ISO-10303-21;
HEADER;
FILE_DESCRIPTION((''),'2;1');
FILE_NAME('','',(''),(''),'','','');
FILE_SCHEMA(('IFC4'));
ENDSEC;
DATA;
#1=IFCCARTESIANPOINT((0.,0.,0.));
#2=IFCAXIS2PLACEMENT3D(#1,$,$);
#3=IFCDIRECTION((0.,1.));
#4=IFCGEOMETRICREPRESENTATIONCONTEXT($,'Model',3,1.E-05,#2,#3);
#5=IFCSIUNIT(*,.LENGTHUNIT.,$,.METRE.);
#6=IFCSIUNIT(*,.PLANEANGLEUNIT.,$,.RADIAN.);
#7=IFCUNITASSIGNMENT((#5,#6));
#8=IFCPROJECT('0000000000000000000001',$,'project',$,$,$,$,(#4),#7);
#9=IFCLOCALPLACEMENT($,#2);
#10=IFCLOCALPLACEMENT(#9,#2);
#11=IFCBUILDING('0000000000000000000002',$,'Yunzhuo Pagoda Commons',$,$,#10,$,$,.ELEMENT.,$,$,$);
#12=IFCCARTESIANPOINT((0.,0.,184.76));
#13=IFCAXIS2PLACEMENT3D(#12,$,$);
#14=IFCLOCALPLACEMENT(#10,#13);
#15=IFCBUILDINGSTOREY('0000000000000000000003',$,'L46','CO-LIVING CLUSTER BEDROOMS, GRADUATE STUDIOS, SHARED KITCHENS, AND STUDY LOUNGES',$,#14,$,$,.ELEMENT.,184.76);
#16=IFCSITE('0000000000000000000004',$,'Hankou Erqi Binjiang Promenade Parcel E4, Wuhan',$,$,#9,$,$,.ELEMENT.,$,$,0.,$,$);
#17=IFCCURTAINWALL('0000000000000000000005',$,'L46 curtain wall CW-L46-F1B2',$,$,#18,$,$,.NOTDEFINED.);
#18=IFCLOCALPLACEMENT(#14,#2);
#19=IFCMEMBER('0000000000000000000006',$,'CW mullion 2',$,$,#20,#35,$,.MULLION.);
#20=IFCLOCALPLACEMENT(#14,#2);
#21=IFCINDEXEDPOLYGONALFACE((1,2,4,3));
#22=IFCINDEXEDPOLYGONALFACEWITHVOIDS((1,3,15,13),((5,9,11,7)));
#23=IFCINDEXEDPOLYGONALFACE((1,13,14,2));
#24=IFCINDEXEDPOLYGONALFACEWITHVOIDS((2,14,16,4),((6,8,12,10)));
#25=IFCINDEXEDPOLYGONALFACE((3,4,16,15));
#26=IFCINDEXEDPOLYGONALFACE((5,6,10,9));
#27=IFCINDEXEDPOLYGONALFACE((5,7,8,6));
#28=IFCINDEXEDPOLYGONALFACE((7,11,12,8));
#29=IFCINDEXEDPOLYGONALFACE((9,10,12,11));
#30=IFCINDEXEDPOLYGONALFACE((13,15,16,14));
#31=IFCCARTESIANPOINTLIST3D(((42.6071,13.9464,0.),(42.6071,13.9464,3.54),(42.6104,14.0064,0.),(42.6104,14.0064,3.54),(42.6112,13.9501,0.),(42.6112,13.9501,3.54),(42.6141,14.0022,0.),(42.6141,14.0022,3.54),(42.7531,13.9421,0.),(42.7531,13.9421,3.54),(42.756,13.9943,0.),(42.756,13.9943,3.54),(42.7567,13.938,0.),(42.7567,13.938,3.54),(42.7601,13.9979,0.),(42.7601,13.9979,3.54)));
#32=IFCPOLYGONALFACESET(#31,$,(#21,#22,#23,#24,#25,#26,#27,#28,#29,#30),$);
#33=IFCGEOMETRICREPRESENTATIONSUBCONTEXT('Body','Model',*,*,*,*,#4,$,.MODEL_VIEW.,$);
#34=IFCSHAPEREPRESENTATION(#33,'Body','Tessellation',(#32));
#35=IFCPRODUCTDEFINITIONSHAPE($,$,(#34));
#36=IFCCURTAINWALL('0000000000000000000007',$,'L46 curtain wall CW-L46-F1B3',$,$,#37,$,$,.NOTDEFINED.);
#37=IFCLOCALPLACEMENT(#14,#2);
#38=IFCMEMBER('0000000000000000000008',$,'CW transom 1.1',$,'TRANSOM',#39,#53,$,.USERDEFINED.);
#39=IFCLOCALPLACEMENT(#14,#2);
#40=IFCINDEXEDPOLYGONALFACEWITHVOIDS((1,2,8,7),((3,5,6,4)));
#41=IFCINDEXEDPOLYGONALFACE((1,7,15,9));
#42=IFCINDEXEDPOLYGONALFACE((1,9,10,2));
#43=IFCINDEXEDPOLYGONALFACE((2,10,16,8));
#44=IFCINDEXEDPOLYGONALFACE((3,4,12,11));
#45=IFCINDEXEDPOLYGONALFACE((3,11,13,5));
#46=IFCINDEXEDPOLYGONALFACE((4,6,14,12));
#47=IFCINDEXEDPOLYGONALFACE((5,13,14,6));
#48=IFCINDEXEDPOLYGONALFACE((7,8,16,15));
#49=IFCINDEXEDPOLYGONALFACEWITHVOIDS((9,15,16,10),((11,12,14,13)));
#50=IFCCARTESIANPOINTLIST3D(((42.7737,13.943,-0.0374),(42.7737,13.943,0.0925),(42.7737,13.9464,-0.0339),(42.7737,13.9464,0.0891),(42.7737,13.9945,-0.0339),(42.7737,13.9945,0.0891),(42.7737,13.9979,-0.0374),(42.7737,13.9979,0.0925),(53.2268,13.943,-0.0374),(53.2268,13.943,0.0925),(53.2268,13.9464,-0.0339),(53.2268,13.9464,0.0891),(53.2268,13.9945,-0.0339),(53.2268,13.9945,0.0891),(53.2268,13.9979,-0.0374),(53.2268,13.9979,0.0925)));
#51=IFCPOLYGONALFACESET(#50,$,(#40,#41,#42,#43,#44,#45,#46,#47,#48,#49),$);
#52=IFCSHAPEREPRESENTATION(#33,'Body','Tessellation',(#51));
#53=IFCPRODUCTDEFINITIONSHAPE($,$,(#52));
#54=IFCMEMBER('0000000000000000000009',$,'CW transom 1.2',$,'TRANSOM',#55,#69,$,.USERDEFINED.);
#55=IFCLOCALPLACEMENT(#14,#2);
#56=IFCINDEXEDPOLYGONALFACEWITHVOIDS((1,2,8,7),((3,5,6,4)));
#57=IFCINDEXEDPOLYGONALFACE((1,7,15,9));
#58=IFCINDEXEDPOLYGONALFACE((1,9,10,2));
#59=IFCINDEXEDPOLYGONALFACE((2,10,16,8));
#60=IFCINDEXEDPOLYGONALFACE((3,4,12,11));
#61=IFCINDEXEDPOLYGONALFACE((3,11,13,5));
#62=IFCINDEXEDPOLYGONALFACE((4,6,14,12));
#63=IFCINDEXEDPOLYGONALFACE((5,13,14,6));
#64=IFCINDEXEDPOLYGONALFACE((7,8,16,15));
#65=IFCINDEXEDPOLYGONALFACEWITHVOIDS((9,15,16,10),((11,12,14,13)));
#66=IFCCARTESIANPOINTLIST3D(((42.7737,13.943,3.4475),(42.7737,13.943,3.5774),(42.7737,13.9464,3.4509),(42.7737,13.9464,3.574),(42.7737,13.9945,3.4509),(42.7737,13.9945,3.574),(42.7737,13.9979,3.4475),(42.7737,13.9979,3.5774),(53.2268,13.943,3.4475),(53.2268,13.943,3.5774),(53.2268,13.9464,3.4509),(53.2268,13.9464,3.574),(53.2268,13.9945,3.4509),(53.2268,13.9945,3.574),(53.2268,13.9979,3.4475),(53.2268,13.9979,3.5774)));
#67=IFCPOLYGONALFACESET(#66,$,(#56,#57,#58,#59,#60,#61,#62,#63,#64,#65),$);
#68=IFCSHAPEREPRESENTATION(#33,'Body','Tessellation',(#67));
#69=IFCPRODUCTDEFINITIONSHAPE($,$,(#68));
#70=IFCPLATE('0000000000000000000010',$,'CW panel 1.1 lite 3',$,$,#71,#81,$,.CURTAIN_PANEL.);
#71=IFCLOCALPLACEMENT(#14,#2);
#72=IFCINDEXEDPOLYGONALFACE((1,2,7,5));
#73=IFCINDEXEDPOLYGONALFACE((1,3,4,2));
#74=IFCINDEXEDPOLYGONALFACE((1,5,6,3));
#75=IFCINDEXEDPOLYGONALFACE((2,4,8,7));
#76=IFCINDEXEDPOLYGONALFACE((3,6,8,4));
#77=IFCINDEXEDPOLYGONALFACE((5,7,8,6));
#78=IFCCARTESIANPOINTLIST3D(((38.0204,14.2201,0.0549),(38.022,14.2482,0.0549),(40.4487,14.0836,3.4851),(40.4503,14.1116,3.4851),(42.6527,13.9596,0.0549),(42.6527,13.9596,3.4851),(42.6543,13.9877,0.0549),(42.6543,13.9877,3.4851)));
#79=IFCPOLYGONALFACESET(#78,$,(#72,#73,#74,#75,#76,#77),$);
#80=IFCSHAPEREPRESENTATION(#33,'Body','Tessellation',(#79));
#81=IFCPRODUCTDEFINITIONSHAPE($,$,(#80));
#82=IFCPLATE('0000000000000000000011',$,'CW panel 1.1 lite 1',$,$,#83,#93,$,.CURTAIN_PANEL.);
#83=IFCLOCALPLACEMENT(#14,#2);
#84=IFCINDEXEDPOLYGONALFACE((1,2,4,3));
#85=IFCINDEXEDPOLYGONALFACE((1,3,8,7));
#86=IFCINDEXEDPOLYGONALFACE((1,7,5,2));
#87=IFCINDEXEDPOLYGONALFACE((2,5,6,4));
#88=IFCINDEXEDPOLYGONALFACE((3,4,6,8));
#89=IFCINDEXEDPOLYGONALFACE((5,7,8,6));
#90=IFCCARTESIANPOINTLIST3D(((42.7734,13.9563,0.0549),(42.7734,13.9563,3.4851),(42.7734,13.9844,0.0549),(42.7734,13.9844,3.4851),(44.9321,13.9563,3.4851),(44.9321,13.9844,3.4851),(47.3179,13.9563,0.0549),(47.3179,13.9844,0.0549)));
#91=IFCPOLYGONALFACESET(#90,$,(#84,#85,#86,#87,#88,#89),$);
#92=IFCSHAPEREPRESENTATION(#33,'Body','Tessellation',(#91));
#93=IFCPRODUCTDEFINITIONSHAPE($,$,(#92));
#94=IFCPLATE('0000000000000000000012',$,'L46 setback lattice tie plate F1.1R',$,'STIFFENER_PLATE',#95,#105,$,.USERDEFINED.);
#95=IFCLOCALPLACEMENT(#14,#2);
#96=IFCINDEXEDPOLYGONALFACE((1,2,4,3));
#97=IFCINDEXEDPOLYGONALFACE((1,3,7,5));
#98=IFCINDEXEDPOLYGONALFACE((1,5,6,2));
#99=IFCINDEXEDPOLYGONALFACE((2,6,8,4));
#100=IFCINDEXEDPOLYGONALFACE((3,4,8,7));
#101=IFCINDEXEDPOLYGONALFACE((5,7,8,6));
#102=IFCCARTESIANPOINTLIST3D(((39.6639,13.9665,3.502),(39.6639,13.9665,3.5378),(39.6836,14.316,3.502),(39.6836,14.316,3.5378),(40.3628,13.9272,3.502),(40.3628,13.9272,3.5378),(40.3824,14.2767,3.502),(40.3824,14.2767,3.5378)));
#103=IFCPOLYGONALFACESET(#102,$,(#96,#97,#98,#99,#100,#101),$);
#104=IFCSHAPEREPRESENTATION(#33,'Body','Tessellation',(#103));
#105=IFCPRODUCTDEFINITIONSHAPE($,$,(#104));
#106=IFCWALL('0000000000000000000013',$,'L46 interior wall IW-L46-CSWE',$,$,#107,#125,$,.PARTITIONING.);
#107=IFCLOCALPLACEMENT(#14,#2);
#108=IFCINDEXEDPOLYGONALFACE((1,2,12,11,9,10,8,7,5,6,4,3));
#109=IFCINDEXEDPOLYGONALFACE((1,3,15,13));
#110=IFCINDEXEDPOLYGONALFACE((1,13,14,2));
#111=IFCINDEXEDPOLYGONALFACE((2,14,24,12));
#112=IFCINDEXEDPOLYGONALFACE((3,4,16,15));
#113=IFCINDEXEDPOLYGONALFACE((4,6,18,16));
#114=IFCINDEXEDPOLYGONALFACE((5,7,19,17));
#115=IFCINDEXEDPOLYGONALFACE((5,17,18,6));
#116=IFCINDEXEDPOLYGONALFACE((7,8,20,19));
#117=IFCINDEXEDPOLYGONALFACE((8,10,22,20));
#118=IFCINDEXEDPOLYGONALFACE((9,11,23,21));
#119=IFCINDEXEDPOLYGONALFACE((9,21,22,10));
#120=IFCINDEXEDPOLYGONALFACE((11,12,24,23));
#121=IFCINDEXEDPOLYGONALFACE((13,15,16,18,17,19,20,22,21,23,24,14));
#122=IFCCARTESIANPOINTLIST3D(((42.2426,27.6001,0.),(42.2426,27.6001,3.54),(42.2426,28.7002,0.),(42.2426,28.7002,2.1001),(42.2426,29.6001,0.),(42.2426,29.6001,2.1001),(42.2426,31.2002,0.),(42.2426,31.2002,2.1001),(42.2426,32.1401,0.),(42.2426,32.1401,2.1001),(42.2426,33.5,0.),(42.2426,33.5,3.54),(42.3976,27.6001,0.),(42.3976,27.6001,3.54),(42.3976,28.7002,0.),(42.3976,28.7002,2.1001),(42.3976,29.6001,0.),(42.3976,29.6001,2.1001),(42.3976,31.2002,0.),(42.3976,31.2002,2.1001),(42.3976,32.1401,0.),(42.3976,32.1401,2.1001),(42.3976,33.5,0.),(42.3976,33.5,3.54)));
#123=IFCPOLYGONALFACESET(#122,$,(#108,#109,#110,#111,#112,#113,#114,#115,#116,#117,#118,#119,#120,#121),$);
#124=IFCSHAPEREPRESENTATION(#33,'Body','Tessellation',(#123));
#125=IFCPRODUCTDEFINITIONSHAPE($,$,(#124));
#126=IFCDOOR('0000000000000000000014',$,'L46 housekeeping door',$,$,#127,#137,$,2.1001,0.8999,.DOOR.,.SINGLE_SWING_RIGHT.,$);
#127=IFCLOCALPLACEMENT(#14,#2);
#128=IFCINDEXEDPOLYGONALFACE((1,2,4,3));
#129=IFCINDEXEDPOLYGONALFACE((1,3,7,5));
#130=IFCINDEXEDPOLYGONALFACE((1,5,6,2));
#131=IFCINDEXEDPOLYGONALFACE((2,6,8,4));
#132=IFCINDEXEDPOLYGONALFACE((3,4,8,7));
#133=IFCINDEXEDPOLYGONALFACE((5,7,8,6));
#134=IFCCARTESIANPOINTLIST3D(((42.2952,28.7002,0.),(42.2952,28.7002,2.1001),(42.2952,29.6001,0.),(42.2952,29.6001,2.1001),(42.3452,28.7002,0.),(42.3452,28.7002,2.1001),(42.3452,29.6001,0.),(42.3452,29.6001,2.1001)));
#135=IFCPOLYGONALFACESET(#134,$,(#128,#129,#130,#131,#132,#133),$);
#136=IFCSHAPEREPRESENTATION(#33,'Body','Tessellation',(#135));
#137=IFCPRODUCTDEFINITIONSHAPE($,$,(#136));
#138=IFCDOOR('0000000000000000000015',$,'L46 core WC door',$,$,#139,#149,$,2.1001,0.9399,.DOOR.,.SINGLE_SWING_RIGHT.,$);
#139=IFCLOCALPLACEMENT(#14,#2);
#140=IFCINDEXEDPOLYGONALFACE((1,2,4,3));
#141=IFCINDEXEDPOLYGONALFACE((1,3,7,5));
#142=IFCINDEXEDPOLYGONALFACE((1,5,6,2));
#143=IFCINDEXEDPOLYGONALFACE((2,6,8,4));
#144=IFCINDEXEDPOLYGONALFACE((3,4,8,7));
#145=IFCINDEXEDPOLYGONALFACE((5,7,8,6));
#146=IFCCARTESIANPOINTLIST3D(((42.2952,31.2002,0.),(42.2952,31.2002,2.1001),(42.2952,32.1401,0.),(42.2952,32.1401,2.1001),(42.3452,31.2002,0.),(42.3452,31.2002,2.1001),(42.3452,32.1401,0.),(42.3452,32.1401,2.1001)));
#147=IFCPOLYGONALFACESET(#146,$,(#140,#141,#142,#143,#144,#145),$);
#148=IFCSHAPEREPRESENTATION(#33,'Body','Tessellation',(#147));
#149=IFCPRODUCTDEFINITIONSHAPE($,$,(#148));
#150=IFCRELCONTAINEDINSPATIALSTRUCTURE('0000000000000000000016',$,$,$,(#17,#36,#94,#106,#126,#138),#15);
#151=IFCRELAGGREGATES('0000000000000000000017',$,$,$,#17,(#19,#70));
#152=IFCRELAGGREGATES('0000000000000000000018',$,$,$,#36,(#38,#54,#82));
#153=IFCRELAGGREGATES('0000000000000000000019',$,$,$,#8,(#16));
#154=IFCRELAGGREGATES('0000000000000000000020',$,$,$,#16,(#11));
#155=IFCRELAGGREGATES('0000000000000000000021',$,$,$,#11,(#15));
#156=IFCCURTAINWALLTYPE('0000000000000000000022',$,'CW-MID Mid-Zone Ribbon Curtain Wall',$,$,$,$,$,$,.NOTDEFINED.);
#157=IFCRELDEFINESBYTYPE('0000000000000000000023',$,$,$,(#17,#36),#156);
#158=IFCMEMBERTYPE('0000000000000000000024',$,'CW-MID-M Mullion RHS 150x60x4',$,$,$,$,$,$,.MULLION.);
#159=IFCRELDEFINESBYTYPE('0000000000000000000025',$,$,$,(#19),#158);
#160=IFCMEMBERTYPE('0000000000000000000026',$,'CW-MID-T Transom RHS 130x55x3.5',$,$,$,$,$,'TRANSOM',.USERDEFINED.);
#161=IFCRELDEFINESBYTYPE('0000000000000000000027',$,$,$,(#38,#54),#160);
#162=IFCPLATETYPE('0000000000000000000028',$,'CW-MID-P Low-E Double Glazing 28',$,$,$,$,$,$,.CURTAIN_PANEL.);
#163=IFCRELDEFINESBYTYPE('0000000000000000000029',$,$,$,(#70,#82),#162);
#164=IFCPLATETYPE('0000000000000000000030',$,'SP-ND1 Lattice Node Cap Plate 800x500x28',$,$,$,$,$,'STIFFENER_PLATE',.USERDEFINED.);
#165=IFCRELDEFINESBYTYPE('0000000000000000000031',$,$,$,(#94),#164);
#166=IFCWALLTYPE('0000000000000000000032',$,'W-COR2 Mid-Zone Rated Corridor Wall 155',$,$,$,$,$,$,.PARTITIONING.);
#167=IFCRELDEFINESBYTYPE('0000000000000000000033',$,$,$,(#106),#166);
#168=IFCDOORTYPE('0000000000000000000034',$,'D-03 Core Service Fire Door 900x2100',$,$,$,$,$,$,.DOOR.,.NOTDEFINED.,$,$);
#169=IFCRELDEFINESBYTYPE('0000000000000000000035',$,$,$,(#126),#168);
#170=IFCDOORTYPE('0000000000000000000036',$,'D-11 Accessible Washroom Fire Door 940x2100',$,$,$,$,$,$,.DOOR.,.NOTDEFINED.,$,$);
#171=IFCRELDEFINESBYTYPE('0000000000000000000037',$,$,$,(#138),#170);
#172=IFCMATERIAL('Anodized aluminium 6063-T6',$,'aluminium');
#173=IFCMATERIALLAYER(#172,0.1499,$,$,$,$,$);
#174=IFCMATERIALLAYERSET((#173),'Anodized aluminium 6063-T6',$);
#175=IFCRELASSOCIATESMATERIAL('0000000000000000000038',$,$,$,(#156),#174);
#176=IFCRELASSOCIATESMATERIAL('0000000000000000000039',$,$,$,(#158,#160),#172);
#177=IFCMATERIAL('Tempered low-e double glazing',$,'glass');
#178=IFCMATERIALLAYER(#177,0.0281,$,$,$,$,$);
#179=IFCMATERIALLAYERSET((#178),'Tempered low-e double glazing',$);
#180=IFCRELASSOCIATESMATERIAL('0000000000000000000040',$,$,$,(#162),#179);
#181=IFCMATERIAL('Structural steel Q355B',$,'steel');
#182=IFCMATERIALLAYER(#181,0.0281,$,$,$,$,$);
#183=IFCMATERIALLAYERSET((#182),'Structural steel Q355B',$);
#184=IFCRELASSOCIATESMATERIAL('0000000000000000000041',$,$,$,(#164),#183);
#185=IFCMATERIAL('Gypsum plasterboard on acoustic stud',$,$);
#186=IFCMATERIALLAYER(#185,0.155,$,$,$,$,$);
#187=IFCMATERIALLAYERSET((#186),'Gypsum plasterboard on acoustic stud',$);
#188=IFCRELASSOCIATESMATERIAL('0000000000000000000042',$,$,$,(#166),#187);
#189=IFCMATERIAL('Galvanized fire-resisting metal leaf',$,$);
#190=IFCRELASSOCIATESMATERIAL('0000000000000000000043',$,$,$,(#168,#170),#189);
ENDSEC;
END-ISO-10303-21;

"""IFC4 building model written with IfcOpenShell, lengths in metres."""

from ifc_helpers import new_model, si_unit, direction, frame, frame_2d, origin, origin_with_axes, origin_2d, place, context, subcontext, project, spatial, polyline, rectangle, hollow_rectangle, outline, extrude, source, transform, mapped, material, layer, layer_set, material_profile, profile_set, type_object, element, fill, aggregate, save


model = new_model("IFC4")

# Units and contexts
model_context = context("Model", 3, precision=1e-05, world=origin(), true_north=direction((0.0, 1.0)))
body_context = subcontext(model_context, "Body", "Model", "MODEL_VIEW")
ifc_project = project(units=[si_unit("LENGTHUNIT", "METRE"), si_unit("PLANEANGLEUNIT", "RADIAN")], contexts=[model_context])

# Site, building, storey
site_placement = place(None, origin())
site = spatial("IfcSite", under=ifc_project, at=site_placement, Name="Hankou Erqi Binjiang Promenade Parcel E4, Wuhan", CompositionType="ELEMENT", RefElevation=0.0)
building_placement = place(site_placement, origin())
building = spatial("IfcBuilding", under=site, at=building_placement, Name="Yunzhuo Pagoda Commons", CompositionType="ELEMENT")
storey_placement = place(building_placement, frame((0.0, 0.0, 184.76)))
storey = spatial("IfcBuildingStorey", under=building, at=storey_placement, Name="L46", Description="CO-LIVING CLUSTER BEDROOMS, GRADUATE STUDIOS, SHARED KITCHENS, AND STUDY LOUNGES", CompositionType="ELEMENT", Elevation=184.76)

# Shared definitions
ifc_material_1 = material(Name="Structural steel Q355B", Category="steel")

# Curtain wall, member
ifc_material_2 = material(Name="Anodized aluminium 6063-T6", Category="aluminium")
ifc_layer_1 = layer(ifc_material_2, 0.1499)
ifc_layer_set_1 = layer_set([ifc_layer_1], Name="Anodized aluminium 6063-T6")
curtain_wall_type = type_object("IfcCurtainWallType", Name="CW-MID Mid-Zone Ribbon Curtain Wall", PredefinedType="NOTDEFINED", material=ifc_layer_set_1)
curtain_wall_1_placement = place(storey_placement, origin())
curtain_wall_1 = element("IfcCurtainWall", 1, at=curtain_wall_1_placement, inside=storey, type_object=curtain_wall_type, Name="L46 curtain wall CW-L46-F1B2", PredefinedType="NOTDEFINED")
ifc_material_profile_1 = material_profile(ifc_material_2, hollow_rectangle(XDim=0.0601, YDim=0.1499, WallThickness=0.0039, at=origin_2d()), Name="Anodized aluminium 6063-T6")
ifc_profile_set_1 = profile_set([ifc_material_profile_1], Name="Anodized aluminium 6063-T6")
member_type_1 = type_object("IfcMemberType", Name="CW-MID-M Mullion RHS 150x60x4", PredefinedType="MULLION", material=ifc_profile_set_1)
shared_shape_1 = source(origin(), body_context, "Body", "SweptSolid", [
    extrude(hollow_rectangle(XDim=0.0601, YDim=0.1499, WallThickness=0.0039, at=origin_2d()), origin(), (0.0, 0.0, 1.0), 3.54),
])
member_1_placement = place(storey_placement, frame((42.6836, 13.9722, 0.0), z_axis=(0.0, 0.0, 1.0), x_axis=(0.056143, 0.998423, 0.0)))
member_1 = element("IfcMember", 2, at=member_1_placement, type_object=member_type_1, Name="CW mullion 2", PredefinedType="MULLION", context=body_context, shape_type="MappedRepresentation", body=[
    mapped(shared_shape_1, transform((0.0, 0.0, 0.0), scale=1.0)),
])

# Curtain wall, members
curtain_wall_2_placement = place(storey_placement, origin())
curtain_wall_2 = element("IfcCurtainWall", 3, at=curtain_wall_2_placement, inside=storey, type_object=curtain_wall_type, Name="L46 curtain wall CW-L46-F1B3", PredefinedType="NOTDEFINED")
ifc_material_profile_2 = material_profile(ifc_material_2, hollow_rectangle(XDim=0.0549, YDim=0.1299, WallThickness=0.0034, at=origin_2d()), Name="Anodized aluminium 6063-T6")
ifc_profile_set_2 = profile_set([ifc_material_profile_2], Name="Anodized aluminium 6063-T6")
member_type_2 = type_object("IfcMemberType", Name="CW-MID-T Transom RHS 130x55x3.5", ElementType="TRANSOM", PredefinedType="USERDEFINED", material=ifc_profile_set_2)
shared_shape_2 = source(origin(), body_context, "Body", "SweptSolid", [
    extrude(hollow_rectangle(XDim=0.0549, YDim=0.1299, WallThickness=0.0034, at=origin_2d()), origin(), (0.0, 0.0, 1.0), 10.4531),
])
member_2_placement = place(storey_placement, frame((42.7737, 13.9705, 0.0276), z_axis=(1.0, 0.0, 0.0), x_axis=(0.0, 1.0, 0.0)))
member_2 = element("IfcMember", 4, at=member_2_placement, type_object=member_type_2, Name="CW transom 1.1", ObjectType="TRANSOM", PredefinedType="USERDEFINED", context=body_context, shape_type="MappedRepresentation", body=[
    mapped(shared_shape_2, transform((0.0, 0.0, 0.0), scale=1.0)),
])
member_3_placement = place(storey_placement, frame((42.7737, 13.9705, 3.5125), z_axis=(1.0, 0.0, 0.0), x_axis=(0.0, 1.0, 0.0)))
member_3 = element("IfcMember", 5, at=member_3_placement, type_object=member_type_2, Name="CW transom 1.2", ObjectType="TRANSOM", PredefinedType="USERDEFINED", context=body_context, shape_type="MappedRepresentation", body=[
    mapped(shared_shape_2, transform((0.0, 0.0, 0.0), scale=1.0)),
])

# Plates
ifc_material_3 = material(Name="Tempered low-e double glazing", Category="glass")
ifc_layer_2 = layer(ifc_material_3, 0.0281)
ifc_layer_set_2 = layer_set([ifc_layer_2], Name="Tempered low-e double glazing")
plate_type_1 = type_object("IfcPlateType", Name="CW-MID-P Low-E Double Glazing 28", PredefinedType="CURTAIN_PANEL", material=ifc_layer_set_2)
plate_1_placement = place(storey_placement, frame((40.3381, 14.1179, 1.77), z_axis=(-0.056143, -0.998423, 0.0), x_axis=(0.998423, -0.056143, 0.0)))
plate_1 = element("IfcPlate", 6, at=plate_1_placement, type_object=plate_type_1, Name="CW panel 1.1 lite 3", PredefinedType="CURTAIN_PANEL", context=body_context, shape_type="SweptSolid", body=[
    extrude(outline(polyline([(-2.3198, -1.7151), (2.3198, -1.7151), (2.3198, 1.7151), (0.1123, 1.7151), (-2.3198, -1.7151)])), origin(), (0.0, 0.0, 1.0), 0.0281),
])
aggregate(curtain_wall_1, [member_1, plate_1])
plate_2_placement = place(storey_placement, frame((45.0457, 13.9844, 1.77), z_axis=(0.0, -1.0, 0.0), x_axis=(1.0, 0.0, 0.0)))
plate_2 = element("IfcPlate", 7, at=plate_2_placement, type_object=plate_type_1, Name="CW panel 1.1 lite 1", PredefinedType="CURTAIN_PANEL", context=body_context, shape_type="SweptSolid", body=[
    extrude(outline(polyline([(-2.2722, -1.7151), (2.2722, -1.7151), (-0.1135, 1.7151), (-2.2722, 1.7151), (-2.2722, -1.7151)])), origin(), (0.0, 0.0, 1.0), 0.0281),
])
aggregate(curtain_wall_2, [member_2, member_3, plate_2])
ifc_layer_3 = layer(ifc_material_1, 0.0281)
ifc_layer_set_3 = layer_set([ifc_layer_3], Name="Structural steel Q355B")
plate_type_2 = type_object("IfcPlateType", Name="SP-ND1 Lattice Node Cap Plate 800x500x28", ElementType="STIFFENER_PLATE", PredefinedType="USERDEFINED", material=ifc_layer_set_3)
shared_shape_3 = source(origin(), body_context, "Body", "SweptSolid", [
    extrude(rectangle(XDim=0.7, YDim=0.3501, at=origin_2d()), origin(), (0.0, 0.0, 1.0), 0.0359),
])
plate_3_placement = place(storey_placement, frame((40.0232, 14.1216, 3.502), z_axis=(0.0, 0.0, 1.0), x_axis=(0.998423, -0.056135, 0.0)))
element("IfcPlate", 8, at=plate_3_placement, inside=storey, type_object=plate_type_2, Name="L46 setback lattice tie plate F1.1R", ObjectType="STIFFENER_PLATE", PredefinedType="USERDEFINED", context=body_context, shape_type="MappedRepresentation", body=[
    mapped(shared_shape_3, transform((0.0, 0.0, 0.0), scale=1.0)),
])

# Wall, openings, doors
ifc_material_4 = material(Name="Gypsum plasterboard on acoustic stud")
ifc_layer_4 = layer(ifc_material_4, 0.155)
ifc_layer_set_4 = layer_set([ifc_layer_4], Name="Gypsum plasterboard on acoustic stud")
wall_type_1 = type_object("IfcWallType", Name="W-COR2 Mid-Zone Rated Corridor Wall 155", PredefinedType="PARTITIONING", material=ifc_layer_set_4)
wall_1_placement = place(storey_placement, frame((42.3201, 27.6001, 0.0), z_axis=(0.0, 0.0, 1.0), x_axis=(0.0, 1.0, 0.0)))
wall_1 = element("IfcWall", 9, at=wall_1_placement, inside=storey, type_object=wall_type_1, Name="L46 interior wall IW-L46-CSWE", PredefinedType="PARTITIONING", context=body_context, shape_type="SweptSolid", body=[
    extrude(rectangle(XDim=5.8999, YDim=0.155, at=frame_2d((2.95, 0.0))), origin(), (0.0, 0.0, 1.0), 3.54),
])
opening_1_placement = place(wall_1_placement, frame((1.1001, 0.0, 0.0)))
opening_1 = element("IfcOpeningElement", 10, at=opening_1_placement, cuts=wall_1, PredefinedType="OPENING", context=body_context, shape_type="SweptSolid", body=[
    extrude(rectangle(XDim=0.8999, YDim=2.1001, at=frame_2d((0.45, 1.05))), frame((0.0, 0.0874, 0.0), z_axis=(0.0, -1.0, 0.0), x_axis=(1.0, 0.0, 0.0)), (0.0, 0.0, 1.0), 0.175),
])
opening_2_placement = place(wall_1_placement, frame((3.6001, 0.0, 0.0)))
opening_2 = element("IfcOpeningElement", 11, at=opening_2_placement, cuts=wall_1, PredefinedType="OPENING", context=body_context, shape_type="SweptSolid", body=[
    extrude(rectangle(XDim=0.9399, YDim=2.1001, at=frame_2d((0.47, 1.05))), frame((0.0, 0.0874, 0.0), z_axis=(0.0, -1.0, 0.0), x_axis=(1.0, 0.0, 0.0)), (0.0, 0.0, 1.0), 0.175),
])
ifc_material_5 = material(Name="Galvanized fire-resisting metal leaf")
door_type_1 = type_object("IfcDoorType", Name="D-03 Core Service Fire Door 900x2100", OperationType="NOTDEFINED", PredefinedType="DOOR", material=ifc_material_5)
shared_shape_4 = source(origin(), body_context, "Body", "SweptSolid", [
    extrude(rectangle(XDim=0.8999, YDim=2.1001, at=frame_2d((0.45, 1.05))), frame((0.0, 0.0249, 0.0), z_axis=(0.0, -1.0, 0.0), x_axis=(1.0, 0.0, 0.0)), (0.0, 0.0, 1.0), 0.05),
])
door_1_placement = place(opening_1_placement, origin_with_axes())
door_1 = element("IfcDoor", 12, at=door_1_placement, inside=storey, type_object=door_type_1, Name="L46 housekeeping door", OperationType="SINGLE_SWING_RIGHT", OverallHeight=2.1001, OverallWidth=0.8999, PredefinedType="DOOR", context=body_context, shape_type="MappedRepresentation", body=[
    mapped(shared_shape_4, transform((0.0, 0.0, 0.0), scale=1.0)),
])
fill(opening_1, door_1)
door_type_2 = type_object("IfcDoorType", Name="D-11 Accessible Washroom Fire Door 940x2100", OperationType="NOTDEFINED", PredefinedType="DOOR", material=ifc_material_5)
shared_shape_5 = source(origin(), body_context, "Body", "SweptSolid", [
    extrude(rectangle(XDim=0.9399, YDim=2.1001, at=frame_2d((0.47, 1.05))), frame((0.0, 0.0249, 0.0), z_axis=(0.0, -1.0, 0.0), x_axis=(1.0, 0.0, 0.0)), (0.0, 0.0, 1.0), 0.05),
])
door_2_placement = place(opening_2_placement, origin_with_axes())
door_2 = element("IfcDoor", 13, at=door_2_placement, inside=storey, type_object=door_type_2, Name="L46 core WC door", OperationType="SINGLE_SWING_RIGHT", OverallHeight=2.1001, OverallWidth=0.9399, PredefinedType="DOOR", context=body_context, shape_type="MappedRepresentation", body=[
    mapped(shared_shape_5, transform((0.0, 0.0, 0.0), scale=1.0)),
])
fill(opening_2, door_2)

save(model, "model.ifc")
